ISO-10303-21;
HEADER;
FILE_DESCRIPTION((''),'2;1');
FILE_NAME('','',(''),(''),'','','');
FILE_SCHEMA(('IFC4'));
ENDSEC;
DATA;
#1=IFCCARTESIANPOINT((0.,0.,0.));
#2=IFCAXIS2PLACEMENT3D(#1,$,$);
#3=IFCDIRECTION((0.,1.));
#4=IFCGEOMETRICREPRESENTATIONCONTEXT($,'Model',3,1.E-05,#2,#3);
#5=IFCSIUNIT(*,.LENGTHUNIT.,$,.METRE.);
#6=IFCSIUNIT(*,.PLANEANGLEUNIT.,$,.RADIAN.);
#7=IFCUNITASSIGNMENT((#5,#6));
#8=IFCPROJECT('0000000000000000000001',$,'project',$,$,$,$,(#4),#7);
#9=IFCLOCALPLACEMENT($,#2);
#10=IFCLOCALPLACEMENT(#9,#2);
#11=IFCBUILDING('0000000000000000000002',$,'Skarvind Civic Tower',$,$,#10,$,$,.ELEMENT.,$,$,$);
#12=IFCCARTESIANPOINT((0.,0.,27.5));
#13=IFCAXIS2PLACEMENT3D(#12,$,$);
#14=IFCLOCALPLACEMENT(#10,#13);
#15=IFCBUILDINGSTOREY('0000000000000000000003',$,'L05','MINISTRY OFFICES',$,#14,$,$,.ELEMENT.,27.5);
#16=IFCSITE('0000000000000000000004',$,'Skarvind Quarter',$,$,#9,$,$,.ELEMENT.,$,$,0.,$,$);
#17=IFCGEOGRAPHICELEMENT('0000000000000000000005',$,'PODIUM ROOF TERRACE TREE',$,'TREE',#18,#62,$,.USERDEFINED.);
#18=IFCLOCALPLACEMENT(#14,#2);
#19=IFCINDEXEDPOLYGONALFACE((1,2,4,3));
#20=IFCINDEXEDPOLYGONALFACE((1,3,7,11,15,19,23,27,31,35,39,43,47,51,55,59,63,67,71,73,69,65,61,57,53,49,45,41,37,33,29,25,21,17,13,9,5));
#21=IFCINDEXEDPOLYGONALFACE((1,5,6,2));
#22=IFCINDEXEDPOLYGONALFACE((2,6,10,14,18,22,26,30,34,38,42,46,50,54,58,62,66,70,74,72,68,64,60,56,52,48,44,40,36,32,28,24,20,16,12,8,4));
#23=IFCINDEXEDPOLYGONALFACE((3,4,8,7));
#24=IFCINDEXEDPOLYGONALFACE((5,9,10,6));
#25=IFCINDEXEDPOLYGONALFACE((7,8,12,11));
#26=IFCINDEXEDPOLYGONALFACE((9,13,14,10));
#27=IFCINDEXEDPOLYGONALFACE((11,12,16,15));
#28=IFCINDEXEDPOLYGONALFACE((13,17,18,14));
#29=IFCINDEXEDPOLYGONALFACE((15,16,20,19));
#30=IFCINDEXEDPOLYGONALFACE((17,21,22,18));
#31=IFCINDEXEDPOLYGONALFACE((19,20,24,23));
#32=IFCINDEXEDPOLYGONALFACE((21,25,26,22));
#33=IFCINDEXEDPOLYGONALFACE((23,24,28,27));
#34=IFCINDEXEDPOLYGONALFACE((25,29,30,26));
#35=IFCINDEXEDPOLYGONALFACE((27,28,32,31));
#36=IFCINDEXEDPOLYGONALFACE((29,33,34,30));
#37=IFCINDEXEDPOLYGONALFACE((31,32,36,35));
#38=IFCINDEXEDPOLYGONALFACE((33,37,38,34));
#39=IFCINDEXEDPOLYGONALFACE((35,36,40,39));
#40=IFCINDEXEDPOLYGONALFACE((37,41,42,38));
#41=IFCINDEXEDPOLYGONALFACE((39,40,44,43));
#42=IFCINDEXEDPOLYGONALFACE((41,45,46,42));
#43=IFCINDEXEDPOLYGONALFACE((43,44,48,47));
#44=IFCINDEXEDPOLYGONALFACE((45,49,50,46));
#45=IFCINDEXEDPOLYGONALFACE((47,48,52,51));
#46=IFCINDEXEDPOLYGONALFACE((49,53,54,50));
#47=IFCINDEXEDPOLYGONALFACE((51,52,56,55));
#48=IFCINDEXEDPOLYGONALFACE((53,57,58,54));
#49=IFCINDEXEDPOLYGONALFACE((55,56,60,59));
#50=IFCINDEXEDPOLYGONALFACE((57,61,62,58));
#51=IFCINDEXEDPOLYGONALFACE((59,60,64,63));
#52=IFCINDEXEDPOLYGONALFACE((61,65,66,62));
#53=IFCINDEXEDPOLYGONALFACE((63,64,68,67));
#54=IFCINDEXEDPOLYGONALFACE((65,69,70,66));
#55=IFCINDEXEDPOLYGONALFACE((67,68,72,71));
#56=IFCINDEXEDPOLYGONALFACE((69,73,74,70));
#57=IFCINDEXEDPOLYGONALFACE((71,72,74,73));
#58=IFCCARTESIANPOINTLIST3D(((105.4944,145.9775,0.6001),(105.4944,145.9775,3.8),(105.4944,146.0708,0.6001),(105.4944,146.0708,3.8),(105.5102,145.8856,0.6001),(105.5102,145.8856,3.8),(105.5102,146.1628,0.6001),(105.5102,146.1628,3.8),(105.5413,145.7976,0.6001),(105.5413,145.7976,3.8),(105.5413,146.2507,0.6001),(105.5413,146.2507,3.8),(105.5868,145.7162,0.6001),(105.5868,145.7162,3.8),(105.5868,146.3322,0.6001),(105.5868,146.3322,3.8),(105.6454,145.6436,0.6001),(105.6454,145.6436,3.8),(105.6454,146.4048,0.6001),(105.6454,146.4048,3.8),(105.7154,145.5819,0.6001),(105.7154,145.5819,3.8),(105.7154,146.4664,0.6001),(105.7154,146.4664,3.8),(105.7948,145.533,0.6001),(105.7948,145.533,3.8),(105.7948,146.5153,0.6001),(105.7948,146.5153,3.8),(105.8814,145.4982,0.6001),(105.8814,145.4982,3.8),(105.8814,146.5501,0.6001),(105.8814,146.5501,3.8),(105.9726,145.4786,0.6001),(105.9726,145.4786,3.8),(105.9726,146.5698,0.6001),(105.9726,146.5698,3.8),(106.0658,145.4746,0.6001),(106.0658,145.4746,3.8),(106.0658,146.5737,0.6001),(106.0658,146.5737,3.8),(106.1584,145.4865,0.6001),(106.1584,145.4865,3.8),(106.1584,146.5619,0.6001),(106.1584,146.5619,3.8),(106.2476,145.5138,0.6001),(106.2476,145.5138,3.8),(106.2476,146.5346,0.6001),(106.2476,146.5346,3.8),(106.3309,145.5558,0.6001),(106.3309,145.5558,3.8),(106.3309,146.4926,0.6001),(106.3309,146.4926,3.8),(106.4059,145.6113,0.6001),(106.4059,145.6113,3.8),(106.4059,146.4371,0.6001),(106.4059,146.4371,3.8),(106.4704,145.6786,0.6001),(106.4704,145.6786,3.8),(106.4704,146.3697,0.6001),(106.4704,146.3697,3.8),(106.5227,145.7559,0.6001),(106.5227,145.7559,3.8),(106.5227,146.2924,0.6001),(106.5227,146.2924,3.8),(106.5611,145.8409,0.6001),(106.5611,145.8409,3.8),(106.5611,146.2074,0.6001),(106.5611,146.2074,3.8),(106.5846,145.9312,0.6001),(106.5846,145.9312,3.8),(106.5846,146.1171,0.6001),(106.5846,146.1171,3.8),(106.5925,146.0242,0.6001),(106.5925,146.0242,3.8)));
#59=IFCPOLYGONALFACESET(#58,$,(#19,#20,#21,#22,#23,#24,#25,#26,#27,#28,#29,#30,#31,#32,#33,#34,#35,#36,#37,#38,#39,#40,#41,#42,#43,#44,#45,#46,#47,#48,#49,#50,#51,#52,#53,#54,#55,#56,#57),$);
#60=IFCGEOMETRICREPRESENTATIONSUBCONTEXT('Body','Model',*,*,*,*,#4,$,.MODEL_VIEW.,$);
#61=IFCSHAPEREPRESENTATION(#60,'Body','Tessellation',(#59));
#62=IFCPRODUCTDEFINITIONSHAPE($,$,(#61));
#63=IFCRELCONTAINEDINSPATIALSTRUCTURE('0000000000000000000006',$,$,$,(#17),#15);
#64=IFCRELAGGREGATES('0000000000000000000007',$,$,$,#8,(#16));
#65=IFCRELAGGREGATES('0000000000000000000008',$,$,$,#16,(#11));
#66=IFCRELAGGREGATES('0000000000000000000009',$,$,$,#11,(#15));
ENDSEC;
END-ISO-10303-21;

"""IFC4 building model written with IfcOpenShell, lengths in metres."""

from ifc_helpers import new_model, si_unit, direction, frame, origin, origin_2d, place, context, subcontext, project, spatial, circle, extrude, element, save


model = new_model("IFC4")

# Units and contexts
model_context = context("Model", 3, precision=1e-05, world=origin(), true_north=direction((0.0, 1.0)))
body_context = subcontext(model_context, "Body", "Model", "MODEL_VIEW")
ifc_project = project(units=[si_unit("LENGTHUNIT", "METRE"), si_unit("PLANEANGLEUNIT", "RADIAN")], contexts=[model_context])

# Site, building, storey
site_placement = place(None, origin())
site = spatial("IfcSite", under=ifc_project, at=site_placement, Name="Skarvind Quarter", CompositionType="ELEMENT", RefElevation=0.0)
building_placement = place(site_placement, origin())
building = spatial("IfcBuilding", under=site, at=building_placement, Name="Skarvind Civic Tower", CompositionType="ELEMENT")
storey_placement = place(building_placement, frame((0.0, 0.0, 27.5)))
storey = spatial("IfcBuildingStorey", under=building, at=storey_placement, Name="L05", Description="MINISTRY OFFICES", CompositionType="ELEMENT", Elevation=27.5)

# Geographic element
for number, where, z_axis, x_axis, name in (
    (1, (106.0425, 146.0242, 0.6001), (0.0, 0.0, 1.0), (1.0, 0.0, 0.0), "PODIUM ROOF TERRACE TREE"),
):
    element("IfcGeographicElement", number, at=place(storey_placement, frame(where, z_axis=z_axis, x_axis=x_axis)), inside=storey, Name=name, ObjectType="TREE", PredefinedType="USERDEFINED", context=body_context, shape_type="SweptSolid", body=[
        extrude(circle(Radius=0.55, at=origin_2d()), origin(), (0.0, 0.0, 1.0), 3.2),
    ])

save(model, "model.ifc")
